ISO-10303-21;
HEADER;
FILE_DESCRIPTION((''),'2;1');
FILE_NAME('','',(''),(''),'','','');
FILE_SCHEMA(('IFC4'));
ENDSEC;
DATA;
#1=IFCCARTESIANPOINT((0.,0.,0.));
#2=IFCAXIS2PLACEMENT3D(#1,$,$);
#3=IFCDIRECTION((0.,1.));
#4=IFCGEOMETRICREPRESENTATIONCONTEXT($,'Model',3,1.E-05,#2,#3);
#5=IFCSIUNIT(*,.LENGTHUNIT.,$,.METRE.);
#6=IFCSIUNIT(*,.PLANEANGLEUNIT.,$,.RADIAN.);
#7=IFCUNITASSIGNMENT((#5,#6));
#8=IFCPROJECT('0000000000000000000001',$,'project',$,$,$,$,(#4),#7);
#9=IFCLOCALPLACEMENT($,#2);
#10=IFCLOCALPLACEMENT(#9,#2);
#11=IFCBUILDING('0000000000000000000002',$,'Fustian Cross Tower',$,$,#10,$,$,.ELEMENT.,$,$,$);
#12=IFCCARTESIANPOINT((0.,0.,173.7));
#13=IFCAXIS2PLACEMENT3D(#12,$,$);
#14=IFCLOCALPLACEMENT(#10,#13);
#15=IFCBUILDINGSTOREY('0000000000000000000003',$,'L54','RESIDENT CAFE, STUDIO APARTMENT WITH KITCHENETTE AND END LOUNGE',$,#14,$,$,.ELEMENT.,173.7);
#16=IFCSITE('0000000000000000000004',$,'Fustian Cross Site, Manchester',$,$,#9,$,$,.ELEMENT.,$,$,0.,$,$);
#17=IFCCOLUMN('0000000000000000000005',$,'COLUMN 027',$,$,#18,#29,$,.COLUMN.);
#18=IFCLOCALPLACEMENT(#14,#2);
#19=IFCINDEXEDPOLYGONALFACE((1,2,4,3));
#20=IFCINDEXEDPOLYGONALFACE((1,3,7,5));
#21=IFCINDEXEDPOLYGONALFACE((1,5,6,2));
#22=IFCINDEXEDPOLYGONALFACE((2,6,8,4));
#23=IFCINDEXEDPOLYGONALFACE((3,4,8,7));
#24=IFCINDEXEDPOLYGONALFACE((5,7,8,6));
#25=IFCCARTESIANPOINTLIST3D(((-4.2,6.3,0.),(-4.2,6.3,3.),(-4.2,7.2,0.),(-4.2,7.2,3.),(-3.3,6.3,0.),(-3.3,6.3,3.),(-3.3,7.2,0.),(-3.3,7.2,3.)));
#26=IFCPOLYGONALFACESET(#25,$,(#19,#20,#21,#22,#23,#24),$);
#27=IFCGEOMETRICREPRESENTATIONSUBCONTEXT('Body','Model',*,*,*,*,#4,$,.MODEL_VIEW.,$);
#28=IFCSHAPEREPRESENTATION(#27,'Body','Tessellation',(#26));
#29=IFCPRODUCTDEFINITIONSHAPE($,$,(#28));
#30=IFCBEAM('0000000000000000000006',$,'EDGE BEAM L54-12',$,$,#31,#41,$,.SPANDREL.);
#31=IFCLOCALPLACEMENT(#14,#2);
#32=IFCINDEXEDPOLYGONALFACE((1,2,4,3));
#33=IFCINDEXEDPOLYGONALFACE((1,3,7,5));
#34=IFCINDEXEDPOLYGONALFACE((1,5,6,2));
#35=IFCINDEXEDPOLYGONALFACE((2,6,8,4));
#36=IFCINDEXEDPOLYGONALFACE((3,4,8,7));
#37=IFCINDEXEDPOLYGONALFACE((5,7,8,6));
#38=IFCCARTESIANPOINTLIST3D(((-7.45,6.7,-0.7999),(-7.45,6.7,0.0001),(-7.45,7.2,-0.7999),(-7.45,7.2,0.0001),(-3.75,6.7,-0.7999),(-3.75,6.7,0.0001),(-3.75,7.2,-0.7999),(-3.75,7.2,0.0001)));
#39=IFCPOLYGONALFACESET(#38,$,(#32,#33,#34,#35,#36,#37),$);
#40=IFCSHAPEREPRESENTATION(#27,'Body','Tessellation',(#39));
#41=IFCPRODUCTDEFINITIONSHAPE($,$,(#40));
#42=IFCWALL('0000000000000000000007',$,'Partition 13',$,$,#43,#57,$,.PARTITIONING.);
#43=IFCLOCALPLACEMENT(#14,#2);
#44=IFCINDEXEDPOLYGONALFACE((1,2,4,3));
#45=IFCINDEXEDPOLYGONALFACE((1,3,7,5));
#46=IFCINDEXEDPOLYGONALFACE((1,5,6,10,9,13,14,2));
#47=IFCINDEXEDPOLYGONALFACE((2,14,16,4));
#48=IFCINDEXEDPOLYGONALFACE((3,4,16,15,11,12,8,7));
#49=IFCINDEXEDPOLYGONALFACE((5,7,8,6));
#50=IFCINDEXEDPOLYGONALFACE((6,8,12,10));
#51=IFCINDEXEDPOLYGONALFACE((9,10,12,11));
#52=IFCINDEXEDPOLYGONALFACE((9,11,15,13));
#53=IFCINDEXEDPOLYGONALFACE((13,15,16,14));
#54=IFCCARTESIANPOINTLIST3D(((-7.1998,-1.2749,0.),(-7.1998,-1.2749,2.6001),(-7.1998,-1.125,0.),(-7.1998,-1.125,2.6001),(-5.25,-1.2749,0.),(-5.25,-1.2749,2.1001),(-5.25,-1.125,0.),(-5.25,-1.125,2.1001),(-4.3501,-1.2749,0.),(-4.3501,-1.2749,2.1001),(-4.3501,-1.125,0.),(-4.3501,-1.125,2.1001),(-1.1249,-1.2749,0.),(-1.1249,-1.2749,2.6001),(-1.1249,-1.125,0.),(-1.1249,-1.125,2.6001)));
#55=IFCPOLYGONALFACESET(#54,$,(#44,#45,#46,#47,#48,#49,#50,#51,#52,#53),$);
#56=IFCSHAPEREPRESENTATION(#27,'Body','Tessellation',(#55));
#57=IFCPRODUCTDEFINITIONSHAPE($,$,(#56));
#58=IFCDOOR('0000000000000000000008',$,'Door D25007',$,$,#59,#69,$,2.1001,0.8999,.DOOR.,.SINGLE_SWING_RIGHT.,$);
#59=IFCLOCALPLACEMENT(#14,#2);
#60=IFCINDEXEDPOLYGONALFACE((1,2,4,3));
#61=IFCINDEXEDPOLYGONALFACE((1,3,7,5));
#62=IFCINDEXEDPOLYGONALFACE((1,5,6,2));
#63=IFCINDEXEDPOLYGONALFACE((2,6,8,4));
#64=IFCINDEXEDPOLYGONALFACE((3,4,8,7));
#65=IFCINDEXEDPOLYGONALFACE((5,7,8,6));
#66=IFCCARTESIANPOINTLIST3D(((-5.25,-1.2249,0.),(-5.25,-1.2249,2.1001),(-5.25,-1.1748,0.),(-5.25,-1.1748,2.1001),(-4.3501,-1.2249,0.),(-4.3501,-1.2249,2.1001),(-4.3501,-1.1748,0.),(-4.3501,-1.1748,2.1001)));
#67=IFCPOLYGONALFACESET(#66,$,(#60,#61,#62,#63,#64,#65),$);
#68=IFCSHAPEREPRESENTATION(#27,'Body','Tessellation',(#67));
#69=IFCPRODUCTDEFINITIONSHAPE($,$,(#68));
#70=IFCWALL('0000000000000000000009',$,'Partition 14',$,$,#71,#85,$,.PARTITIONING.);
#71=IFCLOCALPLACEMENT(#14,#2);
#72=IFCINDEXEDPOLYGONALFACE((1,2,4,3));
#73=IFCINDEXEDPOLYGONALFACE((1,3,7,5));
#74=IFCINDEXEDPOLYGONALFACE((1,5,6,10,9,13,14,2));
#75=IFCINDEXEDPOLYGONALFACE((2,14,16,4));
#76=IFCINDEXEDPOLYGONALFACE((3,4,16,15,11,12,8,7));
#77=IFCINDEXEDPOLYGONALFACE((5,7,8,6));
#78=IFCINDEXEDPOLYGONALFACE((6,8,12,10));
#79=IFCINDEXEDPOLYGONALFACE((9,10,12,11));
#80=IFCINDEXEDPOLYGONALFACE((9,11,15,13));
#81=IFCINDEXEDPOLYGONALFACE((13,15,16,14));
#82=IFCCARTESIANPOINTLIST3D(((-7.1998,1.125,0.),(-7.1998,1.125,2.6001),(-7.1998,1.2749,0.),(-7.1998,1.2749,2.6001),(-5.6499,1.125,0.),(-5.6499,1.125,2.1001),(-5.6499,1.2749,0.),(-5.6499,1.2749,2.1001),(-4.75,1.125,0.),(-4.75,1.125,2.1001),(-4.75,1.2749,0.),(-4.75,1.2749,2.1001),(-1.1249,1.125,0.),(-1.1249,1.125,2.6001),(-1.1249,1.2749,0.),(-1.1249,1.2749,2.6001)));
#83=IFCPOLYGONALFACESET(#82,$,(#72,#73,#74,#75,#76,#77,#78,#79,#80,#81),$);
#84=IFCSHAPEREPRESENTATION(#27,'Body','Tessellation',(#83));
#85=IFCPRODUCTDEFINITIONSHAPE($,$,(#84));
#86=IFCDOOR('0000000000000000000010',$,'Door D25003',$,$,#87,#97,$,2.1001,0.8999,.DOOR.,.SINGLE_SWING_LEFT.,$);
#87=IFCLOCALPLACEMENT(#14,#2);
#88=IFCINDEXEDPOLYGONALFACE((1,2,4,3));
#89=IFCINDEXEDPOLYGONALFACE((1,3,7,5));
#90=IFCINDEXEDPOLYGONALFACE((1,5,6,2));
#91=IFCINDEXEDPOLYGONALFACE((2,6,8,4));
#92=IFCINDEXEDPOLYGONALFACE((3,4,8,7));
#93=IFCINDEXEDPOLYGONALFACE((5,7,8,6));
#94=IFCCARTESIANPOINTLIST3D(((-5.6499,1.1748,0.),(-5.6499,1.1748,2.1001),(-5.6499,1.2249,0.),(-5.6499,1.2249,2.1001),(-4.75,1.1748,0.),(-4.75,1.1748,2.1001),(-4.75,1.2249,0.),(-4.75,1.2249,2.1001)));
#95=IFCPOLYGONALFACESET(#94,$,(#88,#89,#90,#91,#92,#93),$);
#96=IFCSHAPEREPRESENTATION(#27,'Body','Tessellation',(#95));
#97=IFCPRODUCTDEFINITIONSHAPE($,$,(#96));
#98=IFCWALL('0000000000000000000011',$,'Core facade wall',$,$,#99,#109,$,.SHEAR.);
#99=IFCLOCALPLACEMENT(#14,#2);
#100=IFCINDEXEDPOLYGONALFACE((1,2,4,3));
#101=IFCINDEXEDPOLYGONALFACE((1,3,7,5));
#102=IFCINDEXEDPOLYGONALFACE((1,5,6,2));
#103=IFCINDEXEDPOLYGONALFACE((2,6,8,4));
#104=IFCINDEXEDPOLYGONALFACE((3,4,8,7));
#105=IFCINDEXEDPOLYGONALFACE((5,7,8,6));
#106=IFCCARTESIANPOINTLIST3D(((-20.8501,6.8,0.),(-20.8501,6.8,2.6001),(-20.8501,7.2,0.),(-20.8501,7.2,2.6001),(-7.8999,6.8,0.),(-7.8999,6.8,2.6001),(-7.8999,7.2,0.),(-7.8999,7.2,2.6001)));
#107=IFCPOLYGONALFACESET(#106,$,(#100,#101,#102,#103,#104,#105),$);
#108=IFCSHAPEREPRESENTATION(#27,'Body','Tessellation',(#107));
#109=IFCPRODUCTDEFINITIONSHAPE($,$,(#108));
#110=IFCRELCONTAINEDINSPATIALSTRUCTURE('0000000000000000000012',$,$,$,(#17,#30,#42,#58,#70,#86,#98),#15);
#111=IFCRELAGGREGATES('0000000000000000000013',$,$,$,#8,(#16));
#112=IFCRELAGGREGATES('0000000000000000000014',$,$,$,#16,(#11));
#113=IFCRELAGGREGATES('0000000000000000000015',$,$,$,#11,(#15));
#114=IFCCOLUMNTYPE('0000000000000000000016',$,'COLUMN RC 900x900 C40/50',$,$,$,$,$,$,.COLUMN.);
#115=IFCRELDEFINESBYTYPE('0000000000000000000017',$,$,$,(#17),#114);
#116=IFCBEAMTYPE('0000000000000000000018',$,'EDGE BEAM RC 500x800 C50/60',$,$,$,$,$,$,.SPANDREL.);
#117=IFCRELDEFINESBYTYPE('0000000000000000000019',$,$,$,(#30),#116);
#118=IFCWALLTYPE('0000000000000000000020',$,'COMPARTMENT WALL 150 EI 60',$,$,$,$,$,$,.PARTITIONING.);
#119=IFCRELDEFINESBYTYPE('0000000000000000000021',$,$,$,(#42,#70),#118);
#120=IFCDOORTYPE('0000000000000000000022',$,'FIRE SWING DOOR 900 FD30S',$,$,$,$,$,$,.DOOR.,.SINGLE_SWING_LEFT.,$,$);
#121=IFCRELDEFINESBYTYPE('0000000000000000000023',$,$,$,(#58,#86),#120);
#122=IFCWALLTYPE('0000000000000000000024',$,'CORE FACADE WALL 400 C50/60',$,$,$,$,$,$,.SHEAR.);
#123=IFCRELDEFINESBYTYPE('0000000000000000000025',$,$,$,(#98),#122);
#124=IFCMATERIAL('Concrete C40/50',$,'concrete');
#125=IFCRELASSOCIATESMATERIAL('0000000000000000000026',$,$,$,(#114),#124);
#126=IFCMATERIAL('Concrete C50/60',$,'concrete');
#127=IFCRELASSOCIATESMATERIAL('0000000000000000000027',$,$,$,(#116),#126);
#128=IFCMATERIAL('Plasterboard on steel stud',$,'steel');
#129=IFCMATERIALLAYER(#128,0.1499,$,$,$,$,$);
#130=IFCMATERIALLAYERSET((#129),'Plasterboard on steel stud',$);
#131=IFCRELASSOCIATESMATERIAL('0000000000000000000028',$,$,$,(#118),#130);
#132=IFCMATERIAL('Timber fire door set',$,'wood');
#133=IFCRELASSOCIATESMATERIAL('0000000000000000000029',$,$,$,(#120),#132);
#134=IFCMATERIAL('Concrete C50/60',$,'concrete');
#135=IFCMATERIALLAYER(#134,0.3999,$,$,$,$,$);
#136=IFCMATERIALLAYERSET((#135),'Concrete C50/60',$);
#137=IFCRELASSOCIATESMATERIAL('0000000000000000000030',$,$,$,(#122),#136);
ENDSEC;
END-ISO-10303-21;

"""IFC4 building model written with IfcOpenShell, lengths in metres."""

from ifc_helpers import new_model, si_unit, direction, frame, frame_2d, origin, origin_2d, place, context, subcontext, project, spatial, rectangle, extrude, material, layer, layer_set, material_profile, profile_set, type_object, element, fill, save


model = new_model("IFC4")

# Units and contexts
model_context = context("Model", 3, precision=1e-05, world=origin(), true_north=direction((0.0, 1.0)))
body_context = subcontext(model_context, "Body", "Model", "MODEL_VIEW")
ifc_project = project(units=[si_unit("LENGTHUNIT", "METRE"), si_unit("PLANEANGLEUNIT", "RADIAN")], contexts=[model_context])

# Site, building, storey
site_placement = place(None, origin())
site = spatial("IfcSite", under=ifc_project, at=site_placement, Name="Fustian Cross Site, Manchester", CompositionType="ELEMENT", RefElevation=0.0)
building_placement = place(site_placement, origin())
building = spatial("IfcBuilding", under=site, at=building_placement, Name="Fustian Cross Tower", CompositionType="ELEMENT")
storey_placement = place(building_placement, frame((0.0, 0.0, 173.7)))
storey = spatial("IfcBuildingStorey", under=building, at=storey_placement, Name="L54", Description="RESIDENT CAFE, STUDIO APARTMENT WITH KITCHENETTE AND END LOUNGE", CompositionType="ELEMENT", Elevation=173.7)

# Column
ifc_material_1 = material(Name="Concrete C40/50", Category="concrete")
ifc_material_profile_1 = material_profile(ifc_material_1, rectangle(XDim=0.8999, YDim=0.8999, at=origin_2d()), Name="RC 900x900")
ifc_profile_set_1 = profile_set([ifc_material_profile_1], Name="Concrete C40/50")
column_type = type_object("IfcColumnType", Name="COLUMN RC 900x900 C40/50", PredefinedType="COLUMN", material=ifc_profile_set_1)
column_placement = place(storey_placement, frame((-3.75, 6.75, 0.0), z_axis=(0.0, 0.0, 1.0), x_axis=(1.0, 0.0, 0.0)))
element("IfcColumn", 1, at=column_placement, inside=storey, type_object=column_type, Name="COLUMN 027", PredefinedType="COLUMN", context=body_context, shape_type="SweptSolid", body=[
    extrude(rectangle(XDim=0.8999, YDim=0.8999, at=origin_2d()), origin(), (0.0, 0.0, 1.0), 3.0),
])

# Beam
ifc_material_2 = material(Name="Concrete C50/60", Category="concrete")
ifc_material_profile_2 = material_profile(ifc_material_2, rectangle(XDim=0.5, YDim=0.8, at=origin_2d()), Name="RC 500x800")
ifc_profile_set_2 = profile_set([ifc_material_profile_2], Name="Concrete C50/60")
beam_type = type_object("IfcBeamType", Name="EDGE BEAM RC 500x800 C50/60", PredefinedType="SPANDREL", material=ifc_profile_set_2)
beam_placement = place(storey_placement, frame((-3.75, 6.95, -0.3999), z_axis=(-1.0, 0.0, 0.0), x_axis=(0.0, -1.0, 0.0)))
element("IfcBeam", 2, at=beam_placement, inside=storey, type_object=beam_type, Name="EDGE BEAM L54-12", PredefinedType="SPANDREL", context=body_context, shape_type="SweptSolid", body=[
    extrude(rectangle(XDim=0.5, YDim=0.8, at=origin_2d()), origin(), (0.0, 0.0, 1.0), 3.7),
])

# Walls, openings, doors
ifc_material_3 = material(Name="Plasterboard on steel stud", Category="steel")
ifc_layer_1 = layer(ifc_material_3, 0.1499)
ifc_layer_set_1 = layer_set([ifc_layer_1], Name="Plasterboard on steel stud")
wall_type_1 = type_object("IfcWallType", Name="COMPARTMENT WALL 150 EI 60", PredefinedType="PARTITIONING", material=ifc_layer_set_1)
wall_1_placement = place(storey_placement, frame((-7.2, -1.2, 0.0), z_axis=(0.0, 0.0, 1.0), x_axis=(1.0, 0.0, 0.0)))
wall_1 = element("IfcWall", 3, at=wall_1_placement, inside=storey, type_object=wall_type_1, Name="Partition 13", PredefinedType="PARTITIONING", context=body_context, shape_type="SweptSolid", body=[
    extrude(rectangle(XDim=6.075, YDim=0.1499, at=frame_2d((3.0376, 0.0))), origin(), (0.0, 0.0, 1.0), 2.6001),
])
opening_1_placement = place(wall_1_placement, frame((1.95, 0.0, 0.0)))
opening_1 = element("IfcOpeningElement", 4, at=opening_1_placement, cuts=wall_1, PredefinedType="OPENING", context=body_context, shape_type="SweptSolid", body=[
    extrude(rectangle(XDim=0.8999, YDim=2.1001, at=frame_2d((0.45, 1.05))), frame((0.0, 0.085, 0.0), z_axis=(0.0, -1.0, 0.0), x_axis=(1.0, 0.0, 0.0)), (0.0, 0.0, 1.0), 0.1699),
])
ifc_material_4 = material(Name="Timber fire door set", Category="wood")
door_type_1 = type_object("IfcDoorType", Name="FIRE SWING DOOR 900 FD30S", OperationType="SINGLE_SWING_LEFT", PredefinedType="DOOR", material=ifc_material_4)
door_1_placement = place(opening_1_placement, frame((0.8999, 0.0, 0.0), z_axis=(0.0, 0.0, 1.0), x_axis=(-1.0, 0.0, 0.0)))
door_1 = element("IfcDoor", 5, at=door_1_placement, inside=storey, type_object=door_type_1, Name="Door D25007", OperationType="SINGLE_SWING_RIGHT", OverallHeight=2.1001, OverallWidth=0.8999, PredefinedType="DOOR", context=body_context, shape_type="SweptSolid", body=[
    extrude(rectangle(XDim=0.8999, YDim=2.1001, at=frame_2d((0.45, 1.05))), frame((0.0, 0.0249, 0.0), z_axis=(0.0, -1.0, 0.0), x_axis=(1.0, 0.0, 0.0)), (0.0, 0.0, 1.0), 0.05),
])
fill(opening_1, door_1)
wall_2_placement = place(storey_placement, frame((-7.2, 1.2, 0.0), z_axis=(0.0, 0.0, 1.0), x_axis=(1.0, 0.0, 0.0)))
wall_2 = element("IfcWall", 6, at=wall_2_placement, inside=storey, type_object=wall_type_1, Name="Partition 14", PredefinedType="PARTITIONING", context=body_context, shape_type="SweptSolid", body=[
    extrude(rectangle(XDim=6.075, YDim=0.1499, at=frame_2d((3.0376, 0.0))), origin(), (0.0, 0.0, 1.0), 2.6001),
])
opening_2_placement = place(wall_2_placement, frame((1.55, 0.0, 0.0)))
opening_2 = element("IfcOpeningElement", 7, at=opening_2_placement, cuts=wall_2, PredefinedType="OPENING", context=body_context, shape_type="SweptSolid", body=[
    extrude(rectangle(XDim=0.8999, YDim=2.1001, at=frame_2d((0.45, 1.05))), frame((0.0, 0.085, 0.0), z_axis=(0.0, -1.0, 0.0), x_axis=(1.0, 0.0, 0.0)), (0.0, 0.0, 1.0), 0.1699),
])
door_2_placement = place(opening_2_placement, origin())
door_2 = element("IfcDoor", 8, at=door_2_placement, inside=storey, type_object=door_type_1, Name="Door D25003", OperationType="SINGLE_SWING_LEFT", OverallHeight=2.1001, OverallWidth=0.8999, PredefinedType="DOOR", context=body_context, shape_type="SweptSolid", body=[
    extrude(rectangle(XDim=0.8999, YDim=2.1001, at=frame_2d((0.45, 1.05))), frame((0.0, 0.0249, 0.0), z_axis=(0.0, -1.0, 0.0), x_axis=(1.0, 0.0, 0.0)), (0.0, 0.0, 1.0), 0.05),
])
fill(opening_2, door_2)

# Wall
ifc_material_5 = material(Name="Concrete C50/60", Category="concrete")
ifc_layer_2 = layer(ifc_material_5, 0.3999)
ifc_layer_set_2 = layer_set([ifc_layer_2], Name="Concrete C50/60")
wall_type_2 = type_object("IfcWallType", Name="CORE FACADE WALL 400 C50/60", PredefinedType="SHEAR", material=ifc_layer_set_2)
wall_3_placement = place(storey_placement, frame((-7.8999, 7.0, 0.0), z_axis=(0.0, 0.0, 1.0), x_axis=(-1.0, 0.0, 0.0)))
element("IfcWall", 9, at=wall_3_placement, inside=storey, type_object=wall_type_2, Name="Core facade wall", PredefinedType="SHEAR", context=body_context, shape_type="SweptSolid", body=[
    extrude(rectangle(XDim=12.9502, YDim=0.3999, at=frame_2d((6.4751, 0.0))), origin(), (0.0, 0.0, 1.0), 2.6001),
])

save(model, "model.ifc")
